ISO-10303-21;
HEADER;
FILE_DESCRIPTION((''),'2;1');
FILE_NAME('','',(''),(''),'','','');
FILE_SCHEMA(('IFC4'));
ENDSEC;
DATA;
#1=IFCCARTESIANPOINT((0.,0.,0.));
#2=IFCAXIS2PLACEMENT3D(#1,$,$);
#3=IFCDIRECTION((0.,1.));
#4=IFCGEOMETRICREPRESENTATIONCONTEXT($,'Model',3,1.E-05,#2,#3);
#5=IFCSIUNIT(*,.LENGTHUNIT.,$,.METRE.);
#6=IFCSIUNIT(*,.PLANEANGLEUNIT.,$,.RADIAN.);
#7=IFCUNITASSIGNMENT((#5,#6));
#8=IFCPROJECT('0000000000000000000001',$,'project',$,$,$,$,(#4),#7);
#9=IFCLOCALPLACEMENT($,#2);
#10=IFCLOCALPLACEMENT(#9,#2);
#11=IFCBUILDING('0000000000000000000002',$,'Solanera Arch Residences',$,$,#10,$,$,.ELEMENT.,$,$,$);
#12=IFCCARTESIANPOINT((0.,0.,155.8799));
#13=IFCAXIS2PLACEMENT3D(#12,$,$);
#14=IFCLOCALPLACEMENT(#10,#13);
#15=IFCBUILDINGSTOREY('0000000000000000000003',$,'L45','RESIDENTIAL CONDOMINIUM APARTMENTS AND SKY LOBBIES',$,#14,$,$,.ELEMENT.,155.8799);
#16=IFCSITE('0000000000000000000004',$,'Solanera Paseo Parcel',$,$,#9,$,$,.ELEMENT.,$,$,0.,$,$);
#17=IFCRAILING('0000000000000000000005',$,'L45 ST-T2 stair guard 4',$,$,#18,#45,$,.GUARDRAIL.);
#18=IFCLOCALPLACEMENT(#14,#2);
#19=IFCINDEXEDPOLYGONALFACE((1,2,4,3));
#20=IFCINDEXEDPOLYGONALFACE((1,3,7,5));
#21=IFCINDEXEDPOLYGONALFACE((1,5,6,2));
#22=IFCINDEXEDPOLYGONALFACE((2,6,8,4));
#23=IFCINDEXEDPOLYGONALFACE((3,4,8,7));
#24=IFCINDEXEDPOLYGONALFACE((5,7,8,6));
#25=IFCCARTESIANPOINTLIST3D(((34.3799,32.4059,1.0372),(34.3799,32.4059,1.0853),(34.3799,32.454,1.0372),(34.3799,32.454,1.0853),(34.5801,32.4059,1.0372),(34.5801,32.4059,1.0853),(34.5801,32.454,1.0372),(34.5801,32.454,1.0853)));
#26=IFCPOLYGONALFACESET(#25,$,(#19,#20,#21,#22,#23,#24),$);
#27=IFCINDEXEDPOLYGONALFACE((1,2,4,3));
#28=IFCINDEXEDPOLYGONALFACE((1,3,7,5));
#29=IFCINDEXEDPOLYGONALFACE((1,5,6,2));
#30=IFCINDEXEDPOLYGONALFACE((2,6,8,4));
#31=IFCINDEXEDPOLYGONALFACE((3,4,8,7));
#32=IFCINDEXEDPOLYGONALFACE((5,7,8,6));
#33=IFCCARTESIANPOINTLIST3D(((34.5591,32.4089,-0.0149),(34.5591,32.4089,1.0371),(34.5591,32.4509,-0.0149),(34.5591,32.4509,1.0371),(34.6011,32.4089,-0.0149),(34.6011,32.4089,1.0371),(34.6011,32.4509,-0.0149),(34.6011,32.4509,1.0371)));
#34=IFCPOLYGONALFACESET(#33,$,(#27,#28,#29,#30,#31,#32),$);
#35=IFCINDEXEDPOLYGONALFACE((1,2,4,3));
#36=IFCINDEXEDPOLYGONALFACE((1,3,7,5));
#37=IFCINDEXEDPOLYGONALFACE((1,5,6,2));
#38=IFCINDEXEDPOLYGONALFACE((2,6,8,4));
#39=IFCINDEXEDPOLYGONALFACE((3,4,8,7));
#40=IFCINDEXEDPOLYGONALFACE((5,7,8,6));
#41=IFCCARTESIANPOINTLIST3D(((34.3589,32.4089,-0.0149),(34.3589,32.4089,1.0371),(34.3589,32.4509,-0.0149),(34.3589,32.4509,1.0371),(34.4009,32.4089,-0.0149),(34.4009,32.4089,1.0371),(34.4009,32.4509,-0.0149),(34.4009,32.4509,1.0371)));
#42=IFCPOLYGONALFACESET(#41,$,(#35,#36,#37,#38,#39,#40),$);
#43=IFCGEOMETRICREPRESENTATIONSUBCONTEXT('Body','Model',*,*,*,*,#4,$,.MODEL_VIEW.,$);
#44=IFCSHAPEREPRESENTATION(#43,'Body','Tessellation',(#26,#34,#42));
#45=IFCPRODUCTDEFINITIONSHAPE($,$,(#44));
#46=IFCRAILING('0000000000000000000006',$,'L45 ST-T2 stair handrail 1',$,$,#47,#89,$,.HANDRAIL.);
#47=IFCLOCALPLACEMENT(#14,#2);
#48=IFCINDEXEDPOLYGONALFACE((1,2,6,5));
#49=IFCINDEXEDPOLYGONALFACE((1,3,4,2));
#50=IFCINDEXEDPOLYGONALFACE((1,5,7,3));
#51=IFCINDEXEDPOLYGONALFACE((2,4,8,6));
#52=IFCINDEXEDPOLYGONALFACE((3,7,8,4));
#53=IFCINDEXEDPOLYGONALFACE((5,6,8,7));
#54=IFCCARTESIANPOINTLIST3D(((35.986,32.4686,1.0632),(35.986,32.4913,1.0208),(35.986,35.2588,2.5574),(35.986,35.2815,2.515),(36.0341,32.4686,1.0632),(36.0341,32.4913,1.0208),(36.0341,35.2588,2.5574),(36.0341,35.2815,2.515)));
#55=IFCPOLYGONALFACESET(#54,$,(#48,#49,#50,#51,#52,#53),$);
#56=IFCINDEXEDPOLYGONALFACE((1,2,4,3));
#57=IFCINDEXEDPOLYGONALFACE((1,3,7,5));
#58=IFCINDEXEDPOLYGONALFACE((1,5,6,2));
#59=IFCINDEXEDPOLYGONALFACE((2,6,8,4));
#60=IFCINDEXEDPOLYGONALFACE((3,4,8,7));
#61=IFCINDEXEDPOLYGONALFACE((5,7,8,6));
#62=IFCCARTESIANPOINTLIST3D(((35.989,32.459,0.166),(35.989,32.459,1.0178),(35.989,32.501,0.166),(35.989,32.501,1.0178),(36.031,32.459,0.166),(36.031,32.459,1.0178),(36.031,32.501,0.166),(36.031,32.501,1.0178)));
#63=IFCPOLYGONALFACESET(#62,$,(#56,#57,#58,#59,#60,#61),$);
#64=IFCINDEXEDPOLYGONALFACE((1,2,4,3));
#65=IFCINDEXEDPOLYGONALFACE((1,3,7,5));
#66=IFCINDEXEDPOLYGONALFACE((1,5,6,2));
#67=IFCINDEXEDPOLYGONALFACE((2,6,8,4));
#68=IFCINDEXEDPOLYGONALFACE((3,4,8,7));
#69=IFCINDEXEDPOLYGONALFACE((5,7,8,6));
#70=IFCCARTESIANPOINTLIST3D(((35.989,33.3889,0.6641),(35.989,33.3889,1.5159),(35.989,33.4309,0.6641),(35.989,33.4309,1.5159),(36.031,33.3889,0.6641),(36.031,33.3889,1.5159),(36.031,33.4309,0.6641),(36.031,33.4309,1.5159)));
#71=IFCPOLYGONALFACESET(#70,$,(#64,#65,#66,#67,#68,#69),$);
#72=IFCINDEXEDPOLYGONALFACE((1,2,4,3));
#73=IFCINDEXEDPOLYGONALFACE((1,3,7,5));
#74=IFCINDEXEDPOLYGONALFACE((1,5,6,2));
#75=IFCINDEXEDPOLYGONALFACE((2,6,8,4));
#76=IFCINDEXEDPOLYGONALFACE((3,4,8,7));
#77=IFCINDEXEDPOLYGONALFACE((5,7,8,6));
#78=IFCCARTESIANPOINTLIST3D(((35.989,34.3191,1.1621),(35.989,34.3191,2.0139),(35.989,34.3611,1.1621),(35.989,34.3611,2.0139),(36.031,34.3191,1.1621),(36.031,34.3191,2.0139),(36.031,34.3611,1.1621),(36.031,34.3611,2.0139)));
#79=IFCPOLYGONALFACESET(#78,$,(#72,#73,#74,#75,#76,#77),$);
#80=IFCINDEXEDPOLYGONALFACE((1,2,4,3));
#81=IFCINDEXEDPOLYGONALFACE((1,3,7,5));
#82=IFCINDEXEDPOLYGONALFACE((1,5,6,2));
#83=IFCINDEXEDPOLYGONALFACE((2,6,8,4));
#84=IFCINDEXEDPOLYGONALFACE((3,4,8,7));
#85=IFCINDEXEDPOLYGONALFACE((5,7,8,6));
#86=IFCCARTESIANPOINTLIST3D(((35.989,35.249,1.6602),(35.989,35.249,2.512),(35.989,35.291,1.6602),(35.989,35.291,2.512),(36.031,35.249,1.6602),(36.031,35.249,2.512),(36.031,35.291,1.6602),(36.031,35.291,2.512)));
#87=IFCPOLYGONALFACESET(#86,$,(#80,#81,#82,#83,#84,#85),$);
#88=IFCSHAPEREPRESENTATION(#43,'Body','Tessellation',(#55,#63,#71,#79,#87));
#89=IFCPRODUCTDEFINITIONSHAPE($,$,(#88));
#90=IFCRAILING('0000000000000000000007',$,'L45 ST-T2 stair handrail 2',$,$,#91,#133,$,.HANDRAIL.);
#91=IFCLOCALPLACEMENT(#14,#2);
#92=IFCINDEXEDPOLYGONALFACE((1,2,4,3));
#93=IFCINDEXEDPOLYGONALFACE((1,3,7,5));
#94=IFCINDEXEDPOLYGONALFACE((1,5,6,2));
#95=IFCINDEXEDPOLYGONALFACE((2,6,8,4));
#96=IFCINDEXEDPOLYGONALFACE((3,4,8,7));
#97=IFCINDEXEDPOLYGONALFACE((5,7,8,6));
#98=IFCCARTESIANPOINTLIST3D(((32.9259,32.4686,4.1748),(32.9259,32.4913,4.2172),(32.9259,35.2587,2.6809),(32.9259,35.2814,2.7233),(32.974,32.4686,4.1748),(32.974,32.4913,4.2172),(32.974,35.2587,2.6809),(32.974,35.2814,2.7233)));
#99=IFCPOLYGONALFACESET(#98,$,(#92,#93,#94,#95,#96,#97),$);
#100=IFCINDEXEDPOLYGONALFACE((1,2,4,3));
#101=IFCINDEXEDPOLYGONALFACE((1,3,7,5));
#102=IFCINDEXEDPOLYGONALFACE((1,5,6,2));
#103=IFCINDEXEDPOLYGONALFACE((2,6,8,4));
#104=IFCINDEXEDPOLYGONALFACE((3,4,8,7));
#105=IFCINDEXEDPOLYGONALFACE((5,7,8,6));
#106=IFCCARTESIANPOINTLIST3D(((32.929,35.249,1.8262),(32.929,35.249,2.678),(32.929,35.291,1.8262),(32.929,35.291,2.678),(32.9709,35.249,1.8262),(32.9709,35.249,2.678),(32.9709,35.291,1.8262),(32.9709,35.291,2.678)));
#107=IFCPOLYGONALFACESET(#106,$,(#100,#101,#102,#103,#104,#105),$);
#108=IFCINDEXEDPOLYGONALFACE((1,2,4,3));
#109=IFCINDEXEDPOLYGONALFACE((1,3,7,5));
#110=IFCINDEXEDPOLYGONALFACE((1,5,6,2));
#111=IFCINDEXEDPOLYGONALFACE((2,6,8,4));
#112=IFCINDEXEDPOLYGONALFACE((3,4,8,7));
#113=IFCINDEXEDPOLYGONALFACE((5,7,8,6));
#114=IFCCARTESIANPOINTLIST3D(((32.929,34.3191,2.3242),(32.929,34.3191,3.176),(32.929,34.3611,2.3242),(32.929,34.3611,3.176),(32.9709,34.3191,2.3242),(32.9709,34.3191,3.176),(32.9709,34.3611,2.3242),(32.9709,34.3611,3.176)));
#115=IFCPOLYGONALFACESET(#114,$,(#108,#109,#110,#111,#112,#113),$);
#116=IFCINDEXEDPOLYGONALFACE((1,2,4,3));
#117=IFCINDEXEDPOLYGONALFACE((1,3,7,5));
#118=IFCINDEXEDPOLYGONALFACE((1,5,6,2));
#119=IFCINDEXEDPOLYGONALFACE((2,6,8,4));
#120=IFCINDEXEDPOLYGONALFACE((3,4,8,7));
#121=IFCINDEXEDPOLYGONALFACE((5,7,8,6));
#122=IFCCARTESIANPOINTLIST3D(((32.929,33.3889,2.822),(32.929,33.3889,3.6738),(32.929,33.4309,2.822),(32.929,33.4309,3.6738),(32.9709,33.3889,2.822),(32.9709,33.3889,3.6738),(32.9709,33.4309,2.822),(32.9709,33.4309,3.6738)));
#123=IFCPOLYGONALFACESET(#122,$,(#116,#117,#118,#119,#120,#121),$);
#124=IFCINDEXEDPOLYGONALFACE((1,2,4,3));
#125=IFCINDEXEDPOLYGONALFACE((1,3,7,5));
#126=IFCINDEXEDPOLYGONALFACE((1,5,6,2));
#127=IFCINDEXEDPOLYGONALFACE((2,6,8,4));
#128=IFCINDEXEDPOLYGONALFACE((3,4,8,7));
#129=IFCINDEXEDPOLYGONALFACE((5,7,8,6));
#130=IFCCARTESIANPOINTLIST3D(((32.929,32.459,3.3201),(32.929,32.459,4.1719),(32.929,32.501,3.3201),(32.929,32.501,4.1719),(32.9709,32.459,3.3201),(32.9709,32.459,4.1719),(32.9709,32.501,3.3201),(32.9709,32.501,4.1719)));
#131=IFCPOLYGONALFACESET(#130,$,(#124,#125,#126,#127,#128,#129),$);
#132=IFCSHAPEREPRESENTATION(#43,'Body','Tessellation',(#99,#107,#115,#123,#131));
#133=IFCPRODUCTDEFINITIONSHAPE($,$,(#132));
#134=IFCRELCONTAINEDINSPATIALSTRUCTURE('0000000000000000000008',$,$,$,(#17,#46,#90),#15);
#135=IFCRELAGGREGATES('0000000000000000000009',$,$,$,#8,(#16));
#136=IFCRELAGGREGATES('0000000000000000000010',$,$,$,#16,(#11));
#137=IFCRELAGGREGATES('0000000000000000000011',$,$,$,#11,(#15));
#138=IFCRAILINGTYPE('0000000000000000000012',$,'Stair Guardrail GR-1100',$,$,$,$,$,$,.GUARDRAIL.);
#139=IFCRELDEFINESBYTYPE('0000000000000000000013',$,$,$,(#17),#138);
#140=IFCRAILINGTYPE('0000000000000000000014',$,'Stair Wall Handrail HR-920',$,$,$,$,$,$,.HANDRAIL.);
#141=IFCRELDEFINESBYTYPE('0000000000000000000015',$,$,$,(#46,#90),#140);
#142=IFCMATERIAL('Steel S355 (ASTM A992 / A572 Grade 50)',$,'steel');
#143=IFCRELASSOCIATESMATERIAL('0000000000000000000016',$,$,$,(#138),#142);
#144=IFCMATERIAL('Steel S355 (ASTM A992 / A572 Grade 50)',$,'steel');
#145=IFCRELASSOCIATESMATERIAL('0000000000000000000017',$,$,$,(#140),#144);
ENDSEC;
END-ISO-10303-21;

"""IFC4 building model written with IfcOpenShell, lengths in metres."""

from ifc_helpers import new_model, si_unit, direction, frame, origin, origin_2d, place, context, subcontext, project, spatial, rectangle, extrude, material, type_object, element, save


model = new_model("IFC4")

# Units and contexts
model_context = context("Model", 3, precision=1e-05, world=origin(), true_north=direction((0.0, 1.0)))
body_context = subcontext(model_context, "Body", "Model", "MODEL_VIEW")
ifc_project = project(units=[si_unit("LENGTHUNIT", "METRE"), si_unit("PLANEANGLEUNIT", "RADIAN")], contexts=[model_context])

# Site, building, storey
site_placement = place(None, origin())
site = spatial("IfcSite", under=ifc_project, at=site_placement, Name="Solanera Paseo Parcel", CompositionType="ELEMENT", RefElevation=0.0)
building_placement = place(site_placement, origin())
building = spatial("IfcBuilding", under=site, at=building_placement, Name="Solanera Arch Residences", CompositionType="ELEMENT")
storey_placement = place(building_placement, frame((0.0, 0.0, 155.8799)))
storey = spatial("IfcBuildingStorey", under=building, at=storey_placement, Name="L45", Description="RESIDENTIAL CONDOMINIUM APARTMENTS AND SKY LOBBIES", CompositionType="ELEMENT", Elevation=155.8799)

# Railings
ifc_material_1 = material(Name="Steel S355 (ASTM A992 / A572 Grade 50)", Category="steel")
railing_type_1 = type_object("IfcRailingType", Name="Stair Guardrail GR-1100", PredefinedType="GUARDRAIL", material=ifc_material_1)
railing_1_placement = place(storey_placement, frame((34.5801, 32.4299, -0.0149)))
element("IfcRailing", 1, at=railing_1_placement, inside=storey, type_object=railing_type_1, Name="L45 ST-T2 stair guard 4", PredefinedType="GUARDRAIL", context=body_context, shape_type="SweptSolid", body=[
    extrude(rectangle(XDim=0.0481, YDim=0.0481, at=origin_2d()), frame((0.0, 0.0, 1.0762), z_axis=(-1.0, 0.0, 0.0), x_axis=(0.0, -1.0, 0.0)), (0.0, 0.0, 1.0), 0.2002),
    extrude(rectangle(XDim=0.042, YDim=0.042, at=origin_2d()), origin(), (0.0, 0.0, 1.0), 1.052),
    extrude(rectangle(XDim=0.042, YDim=0.042, at=origin_2d()), frame((-0.2002, 0.0, 0.0)), (0.0, 0.0, 1.0), 1.052),
])
ifc_material_2 = material(Name="Steel S355 (ASTM A992 / A572 Grade 50)", Category="steel")
railing_type_2 = type_object("IfcRailingType", Name="Stair Wall Handrail HR-920", PredefinedType="HANDRAIL", material=ifc_material_2)
railing_2_placement = place(storey_placement, frame((36.01, 32.48, 0.166)))
element("IfcRailing", 2, at=railing_2_placement, inside=storey, type_object=railing_type_2, Name="L45 ST-T2 stair handrail 1", PredefinedType="HANDRAIL", context=body_context, shape_type="SweptSolid", body=[
    extrude(rectangle(XDim=0.0481, YDim=0.0481, at=origin_2d()), frame((0.0, 0.0, 0.876), z_axis=(0.0, 0.881549, 0.472093), x_axis=(-1.0, 0.0, 0.0)), (0.0, 0.0, 1.0), 3.165),
    extrude(rectangle(XDim=0.042, YDim=0.042, at=origin_2d()), origin(), (0.0, 0.0, 1.0), 0.8518),
    extrude(rectangle(XDim=0.042, YDim=0.042, at=origin_2d()), frame((0.0, 0.9299, 0.498)), (0.0, 0.0, 1.0), 0.8518),
    extrude(rectangle(XDim=0.042, YDim=0.042, at=origin_2d()), frame((0.0, 1.8601, 0.9961)), (0.0, 0.0, 1.0), 0.8518),
    extrude(rectangle(XDim=0.042, YDim=0.042, at=origin_2d()), frame((0.0, 2.79, 1.4941)), (0.0, 0.0, 1.0), 0.8518),
])
railing_3_placement = place(storey_placement, frame((32.95, 35.27, 1.8262)))
element("IfcRailing", 3, at=railing_3_placement, inside=storey, type_object=railing_type_2, Name="L45 ST-T2 stair handrail 2", PredefinedType="HANDRAIL", context=body_context, shape_type="SweptSolid", body=[
    extrude(rectangle(XDim=0.0481, YDim=0.0481, at=origin_2d()), frame((0.0, 0.0, 0.876), z_axis=(0.0, -0.881581, 0.472033), x_axis=(1.0, 0.0, 0.0)), (0.0, 0.0, 1.0), 3.1648),
    extrude(rectangle(XDim=0.042, YDim=0.042, at=origin_2d()), origin(), (0.0, 0.0, 1.0), 0.8518),
    extrude(rectangle(XDim=0.042, YDim=0.042, at=origin_2d()), frame((0.0, -0.9299, 0.498)), (0.0, 0.0, 1.0), 0.8518),
    extrude(rectangle(XDim=0.042, YDim=0.042, at=origin_2d()), frame((0.0, -1.8601, 0.9958)), (0.0, 0.0, 1.0), 0.8518),
    extrude(rectangle(XDim=0.042, YDim=0.042, at=origin_2d()), frame((0.0, -2.79, 1.4939)), (0.0, 0.0, 1.0), 0.8518),
])

save(model, "model.ifc")
